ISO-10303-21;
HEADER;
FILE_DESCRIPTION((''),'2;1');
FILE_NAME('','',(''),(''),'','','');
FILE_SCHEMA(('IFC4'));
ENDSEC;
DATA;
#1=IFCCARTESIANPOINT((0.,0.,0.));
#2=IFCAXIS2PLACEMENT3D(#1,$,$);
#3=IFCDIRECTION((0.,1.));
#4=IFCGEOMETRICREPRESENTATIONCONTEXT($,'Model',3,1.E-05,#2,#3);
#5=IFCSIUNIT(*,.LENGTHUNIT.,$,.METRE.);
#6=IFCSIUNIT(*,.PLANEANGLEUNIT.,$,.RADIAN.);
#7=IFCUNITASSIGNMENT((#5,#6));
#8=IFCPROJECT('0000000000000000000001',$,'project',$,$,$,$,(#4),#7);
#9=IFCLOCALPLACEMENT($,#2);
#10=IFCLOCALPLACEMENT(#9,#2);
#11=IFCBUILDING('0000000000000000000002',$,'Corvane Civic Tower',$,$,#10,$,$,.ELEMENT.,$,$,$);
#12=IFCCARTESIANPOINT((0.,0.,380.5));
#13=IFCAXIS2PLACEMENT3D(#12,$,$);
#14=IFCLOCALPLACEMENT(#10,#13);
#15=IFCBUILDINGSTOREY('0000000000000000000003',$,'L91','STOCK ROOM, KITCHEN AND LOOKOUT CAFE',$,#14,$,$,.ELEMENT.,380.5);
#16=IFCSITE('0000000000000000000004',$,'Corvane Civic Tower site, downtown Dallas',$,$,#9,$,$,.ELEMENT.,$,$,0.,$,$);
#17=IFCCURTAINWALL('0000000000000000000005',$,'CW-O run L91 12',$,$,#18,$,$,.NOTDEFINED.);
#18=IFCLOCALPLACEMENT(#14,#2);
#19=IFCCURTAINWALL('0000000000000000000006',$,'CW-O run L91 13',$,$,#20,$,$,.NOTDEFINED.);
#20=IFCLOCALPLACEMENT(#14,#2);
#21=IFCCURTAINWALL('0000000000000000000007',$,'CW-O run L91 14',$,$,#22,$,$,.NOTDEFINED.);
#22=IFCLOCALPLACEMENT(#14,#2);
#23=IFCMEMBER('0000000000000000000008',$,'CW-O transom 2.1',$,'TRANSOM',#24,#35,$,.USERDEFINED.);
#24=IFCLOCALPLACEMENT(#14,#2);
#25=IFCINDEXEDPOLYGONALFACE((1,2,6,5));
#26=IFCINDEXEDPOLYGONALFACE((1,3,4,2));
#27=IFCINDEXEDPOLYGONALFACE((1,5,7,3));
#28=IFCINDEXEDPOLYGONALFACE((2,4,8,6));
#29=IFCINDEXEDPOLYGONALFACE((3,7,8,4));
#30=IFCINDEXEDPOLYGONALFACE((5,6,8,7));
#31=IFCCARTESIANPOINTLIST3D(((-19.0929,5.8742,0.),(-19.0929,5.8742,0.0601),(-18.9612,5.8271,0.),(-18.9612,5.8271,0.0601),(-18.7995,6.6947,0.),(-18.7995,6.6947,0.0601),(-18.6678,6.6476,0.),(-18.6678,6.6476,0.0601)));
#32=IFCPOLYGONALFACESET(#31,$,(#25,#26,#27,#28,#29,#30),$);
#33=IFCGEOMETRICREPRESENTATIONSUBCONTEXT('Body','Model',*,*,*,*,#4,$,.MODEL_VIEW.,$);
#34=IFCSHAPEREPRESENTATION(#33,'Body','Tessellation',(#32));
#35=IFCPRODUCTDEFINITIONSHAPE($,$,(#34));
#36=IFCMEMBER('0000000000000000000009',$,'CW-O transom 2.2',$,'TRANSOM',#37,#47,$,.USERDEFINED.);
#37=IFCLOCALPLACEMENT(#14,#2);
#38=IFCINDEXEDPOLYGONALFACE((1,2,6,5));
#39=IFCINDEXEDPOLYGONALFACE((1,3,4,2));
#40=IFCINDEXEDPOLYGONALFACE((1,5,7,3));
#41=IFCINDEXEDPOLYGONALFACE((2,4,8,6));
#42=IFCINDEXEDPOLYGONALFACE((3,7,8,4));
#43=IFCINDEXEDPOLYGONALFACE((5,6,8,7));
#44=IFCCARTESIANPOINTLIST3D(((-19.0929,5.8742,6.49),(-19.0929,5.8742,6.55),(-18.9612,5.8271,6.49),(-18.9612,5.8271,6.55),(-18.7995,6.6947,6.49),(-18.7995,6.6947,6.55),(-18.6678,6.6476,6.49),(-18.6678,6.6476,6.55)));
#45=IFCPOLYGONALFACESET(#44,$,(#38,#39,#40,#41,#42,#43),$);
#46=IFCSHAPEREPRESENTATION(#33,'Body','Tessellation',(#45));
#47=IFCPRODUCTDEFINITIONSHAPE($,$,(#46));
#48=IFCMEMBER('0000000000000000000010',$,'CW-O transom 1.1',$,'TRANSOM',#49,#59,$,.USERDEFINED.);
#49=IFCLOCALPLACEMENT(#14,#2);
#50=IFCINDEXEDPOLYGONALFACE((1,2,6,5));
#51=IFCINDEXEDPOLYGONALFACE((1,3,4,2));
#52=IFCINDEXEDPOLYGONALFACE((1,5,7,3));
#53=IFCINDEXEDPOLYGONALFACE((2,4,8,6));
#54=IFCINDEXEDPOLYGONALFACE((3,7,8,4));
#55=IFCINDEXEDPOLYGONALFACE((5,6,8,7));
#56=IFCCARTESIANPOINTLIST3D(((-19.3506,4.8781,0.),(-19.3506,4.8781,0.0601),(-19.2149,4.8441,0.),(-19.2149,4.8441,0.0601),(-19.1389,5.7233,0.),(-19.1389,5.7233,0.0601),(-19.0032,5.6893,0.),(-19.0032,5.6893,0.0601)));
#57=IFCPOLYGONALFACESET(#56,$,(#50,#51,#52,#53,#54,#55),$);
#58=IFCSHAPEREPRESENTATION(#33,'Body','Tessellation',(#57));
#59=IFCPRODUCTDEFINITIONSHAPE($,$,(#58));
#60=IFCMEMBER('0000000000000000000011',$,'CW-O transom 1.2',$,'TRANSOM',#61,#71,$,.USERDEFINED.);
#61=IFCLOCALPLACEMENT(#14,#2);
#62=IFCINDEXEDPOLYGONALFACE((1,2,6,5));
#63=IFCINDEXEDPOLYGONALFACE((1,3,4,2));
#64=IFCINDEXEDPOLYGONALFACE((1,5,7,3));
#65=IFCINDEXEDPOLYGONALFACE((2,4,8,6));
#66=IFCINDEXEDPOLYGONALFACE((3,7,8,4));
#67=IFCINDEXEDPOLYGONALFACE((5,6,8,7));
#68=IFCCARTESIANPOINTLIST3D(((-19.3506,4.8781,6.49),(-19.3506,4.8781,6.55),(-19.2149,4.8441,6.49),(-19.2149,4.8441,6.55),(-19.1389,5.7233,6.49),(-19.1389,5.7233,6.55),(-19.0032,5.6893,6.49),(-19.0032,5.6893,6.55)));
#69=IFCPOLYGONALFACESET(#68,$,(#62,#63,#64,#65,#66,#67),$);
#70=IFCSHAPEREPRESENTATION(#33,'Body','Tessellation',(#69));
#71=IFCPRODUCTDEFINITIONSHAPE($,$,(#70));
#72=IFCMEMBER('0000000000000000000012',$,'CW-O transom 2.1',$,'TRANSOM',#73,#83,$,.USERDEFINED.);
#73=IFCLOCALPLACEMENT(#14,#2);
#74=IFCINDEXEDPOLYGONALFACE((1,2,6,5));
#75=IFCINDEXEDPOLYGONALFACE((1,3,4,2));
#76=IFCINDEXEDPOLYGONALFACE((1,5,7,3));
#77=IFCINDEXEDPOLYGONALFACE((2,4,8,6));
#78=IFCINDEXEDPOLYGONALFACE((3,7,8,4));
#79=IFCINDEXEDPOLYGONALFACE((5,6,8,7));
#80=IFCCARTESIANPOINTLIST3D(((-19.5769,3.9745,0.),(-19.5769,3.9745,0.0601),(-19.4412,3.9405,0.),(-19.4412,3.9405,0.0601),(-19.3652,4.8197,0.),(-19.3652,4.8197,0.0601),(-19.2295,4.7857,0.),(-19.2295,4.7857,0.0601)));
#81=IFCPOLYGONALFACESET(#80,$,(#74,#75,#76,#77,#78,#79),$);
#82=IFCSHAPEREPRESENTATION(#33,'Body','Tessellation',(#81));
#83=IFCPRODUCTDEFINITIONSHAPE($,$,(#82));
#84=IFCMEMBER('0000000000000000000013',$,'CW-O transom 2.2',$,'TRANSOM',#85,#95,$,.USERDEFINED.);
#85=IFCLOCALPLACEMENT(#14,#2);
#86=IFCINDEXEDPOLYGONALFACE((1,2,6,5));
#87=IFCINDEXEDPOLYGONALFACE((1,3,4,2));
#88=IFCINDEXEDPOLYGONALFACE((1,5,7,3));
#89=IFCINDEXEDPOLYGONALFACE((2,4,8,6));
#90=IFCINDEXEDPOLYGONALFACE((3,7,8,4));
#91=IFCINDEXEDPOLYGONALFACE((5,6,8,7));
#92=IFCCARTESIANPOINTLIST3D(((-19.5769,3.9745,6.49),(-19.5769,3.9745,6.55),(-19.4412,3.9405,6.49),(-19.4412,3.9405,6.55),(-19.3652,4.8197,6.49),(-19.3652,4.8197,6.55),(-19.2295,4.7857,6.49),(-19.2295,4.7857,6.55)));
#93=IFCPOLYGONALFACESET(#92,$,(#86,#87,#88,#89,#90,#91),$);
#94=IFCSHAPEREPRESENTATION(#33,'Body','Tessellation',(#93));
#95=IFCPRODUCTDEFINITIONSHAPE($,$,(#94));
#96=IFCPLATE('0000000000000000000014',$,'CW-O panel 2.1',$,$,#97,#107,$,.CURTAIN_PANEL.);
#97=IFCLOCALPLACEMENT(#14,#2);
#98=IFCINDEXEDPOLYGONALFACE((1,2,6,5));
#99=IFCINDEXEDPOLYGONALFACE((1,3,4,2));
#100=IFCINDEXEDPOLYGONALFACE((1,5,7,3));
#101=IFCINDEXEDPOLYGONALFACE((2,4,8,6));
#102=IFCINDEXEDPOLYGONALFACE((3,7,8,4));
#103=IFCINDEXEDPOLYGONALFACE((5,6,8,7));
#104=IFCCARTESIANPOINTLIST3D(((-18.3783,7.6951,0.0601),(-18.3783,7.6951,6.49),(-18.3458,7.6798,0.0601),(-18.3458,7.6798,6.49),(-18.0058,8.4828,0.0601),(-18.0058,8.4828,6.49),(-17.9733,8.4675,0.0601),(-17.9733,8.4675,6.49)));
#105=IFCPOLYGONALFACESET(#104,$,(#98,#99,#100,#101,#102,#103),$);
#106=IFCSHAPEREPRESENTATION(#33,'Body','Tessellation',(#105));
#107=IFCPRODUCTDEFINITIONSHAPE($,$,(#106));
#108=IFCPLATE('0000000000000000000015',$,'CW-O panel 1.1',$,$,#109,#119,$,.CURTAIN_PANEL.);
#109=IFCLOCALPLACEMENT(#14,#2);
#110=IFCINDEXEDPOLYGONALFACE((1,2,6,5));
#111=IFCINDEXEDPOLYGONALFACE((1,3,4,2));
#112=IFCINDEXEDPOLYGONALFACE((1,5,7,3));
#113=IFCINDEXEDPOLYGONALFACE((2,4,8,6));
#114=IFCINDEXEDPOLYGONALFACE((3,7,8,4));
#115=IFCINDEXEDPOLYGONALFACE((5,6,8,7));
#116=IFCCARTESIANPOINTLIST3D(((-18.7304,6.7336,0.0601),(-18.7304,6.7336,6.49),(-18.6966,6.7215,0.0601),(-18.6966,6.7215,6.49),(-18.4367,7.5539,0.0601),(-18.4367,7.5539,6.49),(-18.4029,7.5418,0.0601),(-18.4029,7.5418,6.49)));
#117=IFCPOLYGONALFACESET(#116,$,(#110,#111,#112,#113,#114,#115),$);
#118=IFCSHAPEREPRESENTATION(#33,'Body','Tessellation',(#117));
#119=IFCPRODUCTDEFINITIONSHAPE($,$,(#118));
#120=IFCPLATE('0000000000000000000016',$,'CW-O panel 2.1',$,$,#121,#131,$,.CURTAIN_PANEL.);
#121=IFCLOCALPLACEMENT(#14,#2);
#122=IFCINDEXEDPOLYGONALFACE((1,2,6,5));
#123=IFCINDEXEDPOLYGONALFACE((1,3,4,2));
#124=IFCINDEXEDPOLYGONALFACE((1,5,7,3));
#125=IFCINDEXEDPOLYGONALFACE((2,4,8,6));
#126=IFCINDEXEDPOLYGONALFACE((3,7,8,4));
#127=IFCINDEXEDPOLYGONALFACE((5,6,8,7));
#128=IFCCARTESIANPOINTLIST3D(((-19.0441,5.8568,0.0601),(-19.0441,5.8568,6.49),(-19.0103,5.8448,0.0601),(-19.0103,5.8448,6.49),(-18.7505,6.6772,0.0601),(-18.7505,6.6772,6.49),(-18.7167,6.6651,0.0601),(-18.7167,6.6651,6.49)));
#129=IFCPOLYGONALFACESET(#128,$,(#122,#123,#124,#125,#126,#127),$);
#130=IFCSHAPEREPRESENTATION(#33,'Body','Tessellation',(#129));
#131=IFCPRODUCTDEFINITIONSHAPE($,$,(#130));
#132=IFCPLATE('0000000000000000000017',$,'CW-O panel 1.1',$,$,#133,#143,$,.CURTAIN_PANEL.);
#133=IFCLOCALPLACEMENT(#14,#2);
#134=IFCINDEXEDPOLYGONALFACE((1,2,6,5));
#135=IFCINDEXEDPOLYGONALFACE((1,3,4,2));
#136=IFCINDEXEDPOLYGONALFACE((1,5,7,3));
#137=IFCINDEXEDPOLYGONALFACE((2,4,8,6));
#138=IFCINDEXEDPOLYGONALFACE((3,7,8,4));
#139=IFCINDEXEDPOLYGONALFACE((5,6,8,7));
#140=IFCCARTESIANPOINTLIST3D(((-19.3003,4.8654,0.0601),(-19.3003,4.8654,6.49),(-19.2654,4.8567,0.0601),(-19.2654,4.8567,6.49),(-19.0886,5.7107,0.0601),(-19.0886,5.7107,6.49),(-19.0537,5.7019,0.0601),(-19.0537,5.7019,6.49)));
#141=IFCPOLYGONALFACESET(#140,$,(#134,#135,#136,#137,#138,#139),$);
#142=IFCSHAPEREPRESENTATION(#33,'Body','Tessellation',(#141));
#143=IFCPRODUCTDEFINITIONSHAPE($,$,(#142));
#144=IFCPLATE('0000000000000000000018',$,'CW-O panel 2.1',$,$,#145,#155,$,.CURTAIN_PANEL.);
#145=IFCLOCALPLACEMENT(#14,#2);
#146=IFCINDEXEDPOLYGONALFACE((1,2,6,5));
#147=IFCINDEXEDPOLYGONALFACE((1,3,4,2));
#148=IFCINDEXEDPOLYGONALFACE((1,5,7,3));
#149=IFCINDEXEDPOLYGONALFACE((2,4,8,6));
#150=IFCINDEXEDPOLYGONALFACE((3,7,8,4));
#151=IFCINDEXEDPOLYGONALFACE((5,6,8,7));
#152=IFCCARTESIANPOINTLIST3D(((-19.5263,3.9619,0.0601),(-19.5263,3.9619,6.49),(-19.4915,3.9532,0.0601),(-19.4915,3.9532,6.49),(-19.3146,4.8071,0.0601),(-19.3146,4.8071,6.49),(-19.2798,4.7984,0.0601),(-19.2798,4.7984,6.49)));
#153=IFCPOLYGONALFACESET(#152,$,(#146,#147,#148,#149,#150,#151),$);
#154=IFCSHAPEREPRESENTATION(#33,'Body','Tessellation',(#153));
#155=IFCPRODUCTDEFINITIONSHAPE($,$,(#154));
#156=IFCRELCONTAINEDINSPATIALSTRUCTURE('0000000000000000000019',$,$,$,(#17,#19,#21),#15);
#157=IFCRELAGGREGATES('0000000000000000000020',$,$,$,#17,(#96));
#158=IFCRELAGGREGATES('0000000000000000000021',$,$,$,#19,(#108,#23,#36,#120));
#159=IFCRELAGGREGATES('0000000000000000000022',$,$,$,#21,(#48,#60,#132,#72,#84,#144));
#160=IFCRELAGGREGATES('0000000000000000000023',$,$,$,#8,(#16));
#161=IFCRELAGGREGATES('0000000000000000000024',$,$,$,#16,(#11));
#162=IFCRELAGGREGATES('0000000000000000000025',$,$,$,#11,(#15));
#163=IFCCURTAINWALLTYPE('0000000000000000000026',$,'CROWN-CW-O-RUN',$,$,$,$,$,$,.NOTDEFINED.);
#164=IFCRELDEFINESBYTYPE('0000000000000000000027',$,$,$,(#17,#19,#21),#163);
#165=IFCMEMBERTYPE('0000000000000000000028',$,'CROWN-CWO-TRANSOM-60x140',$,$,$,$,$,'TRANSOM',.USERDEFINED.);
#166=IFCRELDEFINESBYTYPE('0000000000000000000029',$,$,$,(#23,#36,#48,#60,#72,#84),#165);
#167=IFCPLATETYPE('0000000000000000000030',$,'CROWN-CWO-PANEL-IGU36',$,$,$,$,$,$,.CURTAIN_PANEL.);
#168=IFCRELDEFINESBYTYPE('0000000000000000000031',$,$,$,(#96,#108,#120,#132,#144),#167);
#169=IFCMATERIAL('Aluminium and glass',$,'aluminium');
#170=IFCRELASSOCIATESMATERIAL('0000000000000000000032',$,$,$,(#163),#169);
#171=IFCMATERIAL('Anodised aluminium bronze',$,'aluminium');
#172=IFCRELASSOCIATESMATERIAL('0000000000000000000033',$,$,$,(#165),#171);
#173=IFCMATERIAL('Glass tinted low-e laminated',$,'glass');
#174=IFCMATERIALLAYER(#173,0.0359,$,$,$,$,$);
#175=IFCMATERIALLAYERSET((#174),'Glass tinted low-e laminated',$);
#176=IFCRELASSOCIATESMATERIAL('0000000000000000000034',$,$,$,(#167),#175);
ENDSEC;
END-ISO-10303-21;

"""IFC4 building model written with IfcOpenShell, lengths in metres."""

from ifc_helpers import new_model, si_unit, direction, frame, origin, origin_2d, place, context, subcontext, project, spatial, rectangle, extrude, material, layer, layer_set, material_profile, profile_set, type_object, element, aggregate, save


model = new_model("IFC4")

# Units and contexts
model_context = context("Model", 3, precision=1e-05, world=origin(), true_north=direction((0.0, 1.0)))
body_context = subcontext(model_context, "Body", "Model", "MODEL_VIEW")
ifc_project = project(units=[si_unit("LENGTHUNIT", "METRE"), si_unit("PLANEANGLEUNIT", "RADIAN")], contexts=[model_context])

# Site, building, storey
site_placement = place(None, origin())
site = spatial("IfcSite", under=ifc_project, at=site_placement, Name="Corvane Civic Tower site, downtown Dallas", CompositionType="ELEMENT", RefElevation=0.0)
building_placement = place(site_placement, origin())
building = spatial("IfcBuilding", under=site, at=building_placement, Name="Corvane Civic Tower", CompositionType="ELEMENT")
storey_placement = place(building_placement, frame((0.0, 0.0, 380.5)))
storey = spatial("IfcBuildingStorey", under=building, at=storey_placement, Name="L91", Description="STOCK ROOM, KITCHEN AND LOOKOUT CAFE", CompositionType="ELEMENT", Elevation=380.5)

# Curtain walls
ifc_material_1 = material(Name="Aluminium and glass", Category="aluminium")
curtain_wall_type = type_object("IfcCurtainWallType", Name="CROWN-CW-O-RUN", PredefinedType="NOTDEFINED", material=ifc_material_1)
curtain_wall_1_placement = place(storey_placement, origin())
curtain_wall_1 = element("IfcCurtainWall", 1, at=curtain_wall_1_placement, inside=storey, type_object=curtain_wall_type, Name="CW-O run L91 12", PredefinedType="NOTDEFINED")
curtain_wall_2_placement = place(storey_placement, origin())
curtain_wall_2 = element("IfcCurtainWall", 2, at=curtain_wall_2_placement, inside=storey, type_object=curtain_wall_type, Name="CW-O run L91 13", PredefinedType="NOTDEFINED")
curtain_wall_3_placement = place(storey_placement, origin())
curtain_wall_3 = element("IfcCurtainWall", 3, at=curtain_wall_3_placement, inside=storey, type_object=curtain_wall_type, Name="CW-O run L91 14", PredefinedType="NOTDEFINED")

# Members
ifc_material_2 = material(Name="Anodised aluminium bronze", Category="aluminium")
ifc_material_profile_1 = material_profile(ifc_material_2, rectangle(XDim=0.1399, YDim=0.0601, at=origin_2d()), Name="AL 140x60")
ifc_profile_set_1 = profile_set([ifc_material_profile_1], Name="Anodised aluminium bronze")
member_type_1 = type_object("IfcMemberType", Name="CROWN-CWO-TRANSOM-60x140", ElementType="TRANSOM", PredefinedType="USERDEFINED", material=ifc_profile_set_1)
member_1_placement = place(storey_placement, frame((-18.7336, 6.6711, 0.03), z_axis=(-0.336745, -0.941596, 0.0), x_axis=(0.941596, -0.336745, 0.0)))
member_1 = element("IfcMember", 4, at=member_1_placement, type_object=member_type_1, Name="CW-O transom 2.1", ObjectType="TRANSOM", PredefinedType="USERDEFINED", context=body_context, shape_type="SweptSolid", body=[
    extrude(rectangle(XDim=0.1399, YDim=0.0601, at=origin_2d()), origin(), (0.0, 0.0, 1.0), 0.8713),
])
member_2_placement = place(storey_placement, frame((-18.7336, 6.6711, 6.52), z_axis=(-0.336745, -0.941596, 0.0), x_axis=(0.941596, -0.336745, 0.0)))
member_2 = element("IfcMember", 5, at=member_2_placement, type_object=member_type_1, Name="CW-O transom 2.2", ObjectType="TRANSOM", PredefinedType="USERDEFINED", context=body_context, shape_type="SweptSolid", body=[
    extrude(rectangle(XDim=0.1399, YDim=0.0601, at=origin_2d()), origin(), (0.0, 0.0, 1.0), 0.8713),
])
member_3_placement = place(storey_placement, frame((-19.071, 5.7063, 0.03), z_axis=(-0.242931, -0.970044, 0.0), x_axis=(0.970044, -0.242931, 0.0)))
member_3 = element("IfcMember", 6, at=member_3_placement, type_object=member_type_1, Name="CW-O transom 1.1", ObjectType="TRANSOM", PredefinedType="USERDEFINED", context=body_context, shape_type="SweptSolid", body=[
    extrude(rectangle(XDim=0.1399, YDim=0.0601, at=origin_2d()), origin(), (0.0, 0.0, 1.0), 0.8713),
])
member_4_placement = place(storey_placement, frame((-19.071, 5.7063, 6.52), z_axis=(-0.242931, -0.970044, 0.0), x_axis=(0.970044, -0.242931, 0.0)))
member_4 = element("IfcMember", 7, at=member_4_placement, type_object=member_type_1, Name="CW-O transom 1.2", ObjectType="TRANSOM", PredefinedType="USERDEFINED", context=body_context, shape_type="SweptSolid", body=[
    extrude(rectangle(XDim=0.1399, YDim=0.0601, at=origin_2d()), origin(), (0.0, 0.0, 1.0), 0.8713),
])
member_5_placement = place(storey_placement, frame((-19.2974, 4.8027, 0.03), z_axis=(-0.242931, -0.970044, 0.0), x_axis=(0.970044, -0.242931, 0.0)))
member_5 = element("IfcMember", 8, at=member_5_placement, type_object=member_type_1, Name="CW-O transom 2.1", ObjectType="TRANSOM", PredefinedType="USERDEFINED", context=body_context, shape_type="SweptSolid", body=[
    extrude(rectangle(XDim=0.1399, YDim=0.0601, at=origin_2d()), origin(), (0.0, 0.0, 1.0), 0.8713),
])
member_6_placement = place(storey_placement, frame((-19.2974, 4.8027, 6.52), z_axis=(-0.242931, -0.970044, 0.0), x_axis=(0.970044, -0.242931, 0.0)))
member_6 = element("IfcMember", 9, at=member_6_placement, type_object=member_type_1, Name="CW-O transom 2.2", ObjectType="TRANSOM", PredefinedType="USERDEFINED", context=body_context, shape_type="SweptSolid", body=[
    extrude(rectangle(XDim=0.1399, YDim=0.0601, at=origin_2d()), origin(), (0.0, 0.0, 1.0), 0.8713),
])

# Plates
ifc_material_3 = material(Name="Glass tinted low-e laminated", Category="glass")
ifc_layer = layer(ifc_material_3, 0.0359)
ifc_layer_set = layer_set([ifc_layer], Name="Glass tinted low-e laminated")
plate_type = type_object("IfcPlateType", Name="CROWN-CWO-PANEL-IGU36", PredefinedType="CURTAIN_PANEL", material=ifc_layer_set)
plate_1_placement = place(storey_placement, frame((-18.1758, 8.0813, 0.0601), z_axis=(0.0, 0.0, 1.0), x_axis=(-0.427509, -0.904011, 0.0)))
plate_1 = element("IfcPlate", 10, at=plate_1_placement, type_object=plate_type, Name="CW-O panel 2.1", PredefinedType="CURTAIN_PANEL", context=body_context, shape_type="SweptSolid", body=[
    extrude(rectangle(XDim=0.8713, YDim=0.0359, at=origin_2d()), origin(), (0.0, 0.0, 1.0), 6.4299),
])
aggregate(curtain_wall_1, [plate_1])
plate_2_placement = place(storey_placement, frame((-18.5667, 7.1377, 0.0601), z_axis=(0.0, 0.0, 1.0), x_axis=(-0.336982, -0.941511, 0.0)))
plate_2 = element("IfcPlate", 11, at=plate_2_placement, type_object=plate_type, Name="CW-O panel 1.1", PredefinedType="CURTAIN_PANEL", context=body_context, shape_type="SweptSolid", body=[
    extrude(rectangle(XDim=0.8713, YDim=0.0359, at=origin_2d()), origin(), (0.0, 0.0, 1.0), 6.4299),
])
plate_3_placement = place(storey_placement, frame((-18.8804, 6.261, 0.0601), z_axis=(0.0, 0.0, 1.0), x_axis=(-0.336982, -0.941511, 0.0)))
plate_3 = element("IfcPlate", 12, at=plate_3_placement, type_object=plate_type, Name="CW-O panel 2.1", PredefinedType="CURTAIN_PANEL", context=body_context, shape_type="SweptSolid", body=[
    extrude(rectangle(XDim=0.8713, YDim=0.0359, at=origin_2d()), origin(), (0.0, 0.0, 1.0), 6.4299),
])
aggregate(curtain_wall_2, [plate_2, member_1, member_2, plate_3])
plate_4_placement = place(storey_placement, frame((-19.177, 5.2837, 0.0601), z_axis=(0.0, 0.0, 1.0), x_axis=(-0.242952, -0.970038, 0.0)))
plate_4 = element("IfcPlate", 13, at=plate_4_placement, type_object=plate_type, Name="CW-O panel 1.1", PredefinedType="CURTAIN_PANEL", context=body_context, shape_type="SweptSolid", body=[
    extrude(rectangle(XDim=0.8713, YDim=0.0359, at=origin_2d()), origin(), (0.0, 0.0, 1.0), 6.4299),
])
plate_5_placement = place(storey_placement, frame((-19.4031, 4.3801, 0.0601), z_axis=(0.0, 0.0, 1.0), x_axis=(-0.242952, -0.970038, 0.0)))
plate_5 = element("IfcPlate", 14, at=plate_5_placement, type_object=plate_type, Name="CW-O panel 2.1", PredefinedType="CURTAIN_PANEL", context=body_context, shape_type="SweptSolid", body=[
    extrude(rectangle(XDim=0.8713, YDim=0.0359, at=origin_2d()), origin(), (0.0, 0.0, 1.0), 6.4299),
])
aggregate(curtain_wall_3, [member_3, member_4, plate_4, member_5, member_6, plate_5])

save(model, "model.ifc")
